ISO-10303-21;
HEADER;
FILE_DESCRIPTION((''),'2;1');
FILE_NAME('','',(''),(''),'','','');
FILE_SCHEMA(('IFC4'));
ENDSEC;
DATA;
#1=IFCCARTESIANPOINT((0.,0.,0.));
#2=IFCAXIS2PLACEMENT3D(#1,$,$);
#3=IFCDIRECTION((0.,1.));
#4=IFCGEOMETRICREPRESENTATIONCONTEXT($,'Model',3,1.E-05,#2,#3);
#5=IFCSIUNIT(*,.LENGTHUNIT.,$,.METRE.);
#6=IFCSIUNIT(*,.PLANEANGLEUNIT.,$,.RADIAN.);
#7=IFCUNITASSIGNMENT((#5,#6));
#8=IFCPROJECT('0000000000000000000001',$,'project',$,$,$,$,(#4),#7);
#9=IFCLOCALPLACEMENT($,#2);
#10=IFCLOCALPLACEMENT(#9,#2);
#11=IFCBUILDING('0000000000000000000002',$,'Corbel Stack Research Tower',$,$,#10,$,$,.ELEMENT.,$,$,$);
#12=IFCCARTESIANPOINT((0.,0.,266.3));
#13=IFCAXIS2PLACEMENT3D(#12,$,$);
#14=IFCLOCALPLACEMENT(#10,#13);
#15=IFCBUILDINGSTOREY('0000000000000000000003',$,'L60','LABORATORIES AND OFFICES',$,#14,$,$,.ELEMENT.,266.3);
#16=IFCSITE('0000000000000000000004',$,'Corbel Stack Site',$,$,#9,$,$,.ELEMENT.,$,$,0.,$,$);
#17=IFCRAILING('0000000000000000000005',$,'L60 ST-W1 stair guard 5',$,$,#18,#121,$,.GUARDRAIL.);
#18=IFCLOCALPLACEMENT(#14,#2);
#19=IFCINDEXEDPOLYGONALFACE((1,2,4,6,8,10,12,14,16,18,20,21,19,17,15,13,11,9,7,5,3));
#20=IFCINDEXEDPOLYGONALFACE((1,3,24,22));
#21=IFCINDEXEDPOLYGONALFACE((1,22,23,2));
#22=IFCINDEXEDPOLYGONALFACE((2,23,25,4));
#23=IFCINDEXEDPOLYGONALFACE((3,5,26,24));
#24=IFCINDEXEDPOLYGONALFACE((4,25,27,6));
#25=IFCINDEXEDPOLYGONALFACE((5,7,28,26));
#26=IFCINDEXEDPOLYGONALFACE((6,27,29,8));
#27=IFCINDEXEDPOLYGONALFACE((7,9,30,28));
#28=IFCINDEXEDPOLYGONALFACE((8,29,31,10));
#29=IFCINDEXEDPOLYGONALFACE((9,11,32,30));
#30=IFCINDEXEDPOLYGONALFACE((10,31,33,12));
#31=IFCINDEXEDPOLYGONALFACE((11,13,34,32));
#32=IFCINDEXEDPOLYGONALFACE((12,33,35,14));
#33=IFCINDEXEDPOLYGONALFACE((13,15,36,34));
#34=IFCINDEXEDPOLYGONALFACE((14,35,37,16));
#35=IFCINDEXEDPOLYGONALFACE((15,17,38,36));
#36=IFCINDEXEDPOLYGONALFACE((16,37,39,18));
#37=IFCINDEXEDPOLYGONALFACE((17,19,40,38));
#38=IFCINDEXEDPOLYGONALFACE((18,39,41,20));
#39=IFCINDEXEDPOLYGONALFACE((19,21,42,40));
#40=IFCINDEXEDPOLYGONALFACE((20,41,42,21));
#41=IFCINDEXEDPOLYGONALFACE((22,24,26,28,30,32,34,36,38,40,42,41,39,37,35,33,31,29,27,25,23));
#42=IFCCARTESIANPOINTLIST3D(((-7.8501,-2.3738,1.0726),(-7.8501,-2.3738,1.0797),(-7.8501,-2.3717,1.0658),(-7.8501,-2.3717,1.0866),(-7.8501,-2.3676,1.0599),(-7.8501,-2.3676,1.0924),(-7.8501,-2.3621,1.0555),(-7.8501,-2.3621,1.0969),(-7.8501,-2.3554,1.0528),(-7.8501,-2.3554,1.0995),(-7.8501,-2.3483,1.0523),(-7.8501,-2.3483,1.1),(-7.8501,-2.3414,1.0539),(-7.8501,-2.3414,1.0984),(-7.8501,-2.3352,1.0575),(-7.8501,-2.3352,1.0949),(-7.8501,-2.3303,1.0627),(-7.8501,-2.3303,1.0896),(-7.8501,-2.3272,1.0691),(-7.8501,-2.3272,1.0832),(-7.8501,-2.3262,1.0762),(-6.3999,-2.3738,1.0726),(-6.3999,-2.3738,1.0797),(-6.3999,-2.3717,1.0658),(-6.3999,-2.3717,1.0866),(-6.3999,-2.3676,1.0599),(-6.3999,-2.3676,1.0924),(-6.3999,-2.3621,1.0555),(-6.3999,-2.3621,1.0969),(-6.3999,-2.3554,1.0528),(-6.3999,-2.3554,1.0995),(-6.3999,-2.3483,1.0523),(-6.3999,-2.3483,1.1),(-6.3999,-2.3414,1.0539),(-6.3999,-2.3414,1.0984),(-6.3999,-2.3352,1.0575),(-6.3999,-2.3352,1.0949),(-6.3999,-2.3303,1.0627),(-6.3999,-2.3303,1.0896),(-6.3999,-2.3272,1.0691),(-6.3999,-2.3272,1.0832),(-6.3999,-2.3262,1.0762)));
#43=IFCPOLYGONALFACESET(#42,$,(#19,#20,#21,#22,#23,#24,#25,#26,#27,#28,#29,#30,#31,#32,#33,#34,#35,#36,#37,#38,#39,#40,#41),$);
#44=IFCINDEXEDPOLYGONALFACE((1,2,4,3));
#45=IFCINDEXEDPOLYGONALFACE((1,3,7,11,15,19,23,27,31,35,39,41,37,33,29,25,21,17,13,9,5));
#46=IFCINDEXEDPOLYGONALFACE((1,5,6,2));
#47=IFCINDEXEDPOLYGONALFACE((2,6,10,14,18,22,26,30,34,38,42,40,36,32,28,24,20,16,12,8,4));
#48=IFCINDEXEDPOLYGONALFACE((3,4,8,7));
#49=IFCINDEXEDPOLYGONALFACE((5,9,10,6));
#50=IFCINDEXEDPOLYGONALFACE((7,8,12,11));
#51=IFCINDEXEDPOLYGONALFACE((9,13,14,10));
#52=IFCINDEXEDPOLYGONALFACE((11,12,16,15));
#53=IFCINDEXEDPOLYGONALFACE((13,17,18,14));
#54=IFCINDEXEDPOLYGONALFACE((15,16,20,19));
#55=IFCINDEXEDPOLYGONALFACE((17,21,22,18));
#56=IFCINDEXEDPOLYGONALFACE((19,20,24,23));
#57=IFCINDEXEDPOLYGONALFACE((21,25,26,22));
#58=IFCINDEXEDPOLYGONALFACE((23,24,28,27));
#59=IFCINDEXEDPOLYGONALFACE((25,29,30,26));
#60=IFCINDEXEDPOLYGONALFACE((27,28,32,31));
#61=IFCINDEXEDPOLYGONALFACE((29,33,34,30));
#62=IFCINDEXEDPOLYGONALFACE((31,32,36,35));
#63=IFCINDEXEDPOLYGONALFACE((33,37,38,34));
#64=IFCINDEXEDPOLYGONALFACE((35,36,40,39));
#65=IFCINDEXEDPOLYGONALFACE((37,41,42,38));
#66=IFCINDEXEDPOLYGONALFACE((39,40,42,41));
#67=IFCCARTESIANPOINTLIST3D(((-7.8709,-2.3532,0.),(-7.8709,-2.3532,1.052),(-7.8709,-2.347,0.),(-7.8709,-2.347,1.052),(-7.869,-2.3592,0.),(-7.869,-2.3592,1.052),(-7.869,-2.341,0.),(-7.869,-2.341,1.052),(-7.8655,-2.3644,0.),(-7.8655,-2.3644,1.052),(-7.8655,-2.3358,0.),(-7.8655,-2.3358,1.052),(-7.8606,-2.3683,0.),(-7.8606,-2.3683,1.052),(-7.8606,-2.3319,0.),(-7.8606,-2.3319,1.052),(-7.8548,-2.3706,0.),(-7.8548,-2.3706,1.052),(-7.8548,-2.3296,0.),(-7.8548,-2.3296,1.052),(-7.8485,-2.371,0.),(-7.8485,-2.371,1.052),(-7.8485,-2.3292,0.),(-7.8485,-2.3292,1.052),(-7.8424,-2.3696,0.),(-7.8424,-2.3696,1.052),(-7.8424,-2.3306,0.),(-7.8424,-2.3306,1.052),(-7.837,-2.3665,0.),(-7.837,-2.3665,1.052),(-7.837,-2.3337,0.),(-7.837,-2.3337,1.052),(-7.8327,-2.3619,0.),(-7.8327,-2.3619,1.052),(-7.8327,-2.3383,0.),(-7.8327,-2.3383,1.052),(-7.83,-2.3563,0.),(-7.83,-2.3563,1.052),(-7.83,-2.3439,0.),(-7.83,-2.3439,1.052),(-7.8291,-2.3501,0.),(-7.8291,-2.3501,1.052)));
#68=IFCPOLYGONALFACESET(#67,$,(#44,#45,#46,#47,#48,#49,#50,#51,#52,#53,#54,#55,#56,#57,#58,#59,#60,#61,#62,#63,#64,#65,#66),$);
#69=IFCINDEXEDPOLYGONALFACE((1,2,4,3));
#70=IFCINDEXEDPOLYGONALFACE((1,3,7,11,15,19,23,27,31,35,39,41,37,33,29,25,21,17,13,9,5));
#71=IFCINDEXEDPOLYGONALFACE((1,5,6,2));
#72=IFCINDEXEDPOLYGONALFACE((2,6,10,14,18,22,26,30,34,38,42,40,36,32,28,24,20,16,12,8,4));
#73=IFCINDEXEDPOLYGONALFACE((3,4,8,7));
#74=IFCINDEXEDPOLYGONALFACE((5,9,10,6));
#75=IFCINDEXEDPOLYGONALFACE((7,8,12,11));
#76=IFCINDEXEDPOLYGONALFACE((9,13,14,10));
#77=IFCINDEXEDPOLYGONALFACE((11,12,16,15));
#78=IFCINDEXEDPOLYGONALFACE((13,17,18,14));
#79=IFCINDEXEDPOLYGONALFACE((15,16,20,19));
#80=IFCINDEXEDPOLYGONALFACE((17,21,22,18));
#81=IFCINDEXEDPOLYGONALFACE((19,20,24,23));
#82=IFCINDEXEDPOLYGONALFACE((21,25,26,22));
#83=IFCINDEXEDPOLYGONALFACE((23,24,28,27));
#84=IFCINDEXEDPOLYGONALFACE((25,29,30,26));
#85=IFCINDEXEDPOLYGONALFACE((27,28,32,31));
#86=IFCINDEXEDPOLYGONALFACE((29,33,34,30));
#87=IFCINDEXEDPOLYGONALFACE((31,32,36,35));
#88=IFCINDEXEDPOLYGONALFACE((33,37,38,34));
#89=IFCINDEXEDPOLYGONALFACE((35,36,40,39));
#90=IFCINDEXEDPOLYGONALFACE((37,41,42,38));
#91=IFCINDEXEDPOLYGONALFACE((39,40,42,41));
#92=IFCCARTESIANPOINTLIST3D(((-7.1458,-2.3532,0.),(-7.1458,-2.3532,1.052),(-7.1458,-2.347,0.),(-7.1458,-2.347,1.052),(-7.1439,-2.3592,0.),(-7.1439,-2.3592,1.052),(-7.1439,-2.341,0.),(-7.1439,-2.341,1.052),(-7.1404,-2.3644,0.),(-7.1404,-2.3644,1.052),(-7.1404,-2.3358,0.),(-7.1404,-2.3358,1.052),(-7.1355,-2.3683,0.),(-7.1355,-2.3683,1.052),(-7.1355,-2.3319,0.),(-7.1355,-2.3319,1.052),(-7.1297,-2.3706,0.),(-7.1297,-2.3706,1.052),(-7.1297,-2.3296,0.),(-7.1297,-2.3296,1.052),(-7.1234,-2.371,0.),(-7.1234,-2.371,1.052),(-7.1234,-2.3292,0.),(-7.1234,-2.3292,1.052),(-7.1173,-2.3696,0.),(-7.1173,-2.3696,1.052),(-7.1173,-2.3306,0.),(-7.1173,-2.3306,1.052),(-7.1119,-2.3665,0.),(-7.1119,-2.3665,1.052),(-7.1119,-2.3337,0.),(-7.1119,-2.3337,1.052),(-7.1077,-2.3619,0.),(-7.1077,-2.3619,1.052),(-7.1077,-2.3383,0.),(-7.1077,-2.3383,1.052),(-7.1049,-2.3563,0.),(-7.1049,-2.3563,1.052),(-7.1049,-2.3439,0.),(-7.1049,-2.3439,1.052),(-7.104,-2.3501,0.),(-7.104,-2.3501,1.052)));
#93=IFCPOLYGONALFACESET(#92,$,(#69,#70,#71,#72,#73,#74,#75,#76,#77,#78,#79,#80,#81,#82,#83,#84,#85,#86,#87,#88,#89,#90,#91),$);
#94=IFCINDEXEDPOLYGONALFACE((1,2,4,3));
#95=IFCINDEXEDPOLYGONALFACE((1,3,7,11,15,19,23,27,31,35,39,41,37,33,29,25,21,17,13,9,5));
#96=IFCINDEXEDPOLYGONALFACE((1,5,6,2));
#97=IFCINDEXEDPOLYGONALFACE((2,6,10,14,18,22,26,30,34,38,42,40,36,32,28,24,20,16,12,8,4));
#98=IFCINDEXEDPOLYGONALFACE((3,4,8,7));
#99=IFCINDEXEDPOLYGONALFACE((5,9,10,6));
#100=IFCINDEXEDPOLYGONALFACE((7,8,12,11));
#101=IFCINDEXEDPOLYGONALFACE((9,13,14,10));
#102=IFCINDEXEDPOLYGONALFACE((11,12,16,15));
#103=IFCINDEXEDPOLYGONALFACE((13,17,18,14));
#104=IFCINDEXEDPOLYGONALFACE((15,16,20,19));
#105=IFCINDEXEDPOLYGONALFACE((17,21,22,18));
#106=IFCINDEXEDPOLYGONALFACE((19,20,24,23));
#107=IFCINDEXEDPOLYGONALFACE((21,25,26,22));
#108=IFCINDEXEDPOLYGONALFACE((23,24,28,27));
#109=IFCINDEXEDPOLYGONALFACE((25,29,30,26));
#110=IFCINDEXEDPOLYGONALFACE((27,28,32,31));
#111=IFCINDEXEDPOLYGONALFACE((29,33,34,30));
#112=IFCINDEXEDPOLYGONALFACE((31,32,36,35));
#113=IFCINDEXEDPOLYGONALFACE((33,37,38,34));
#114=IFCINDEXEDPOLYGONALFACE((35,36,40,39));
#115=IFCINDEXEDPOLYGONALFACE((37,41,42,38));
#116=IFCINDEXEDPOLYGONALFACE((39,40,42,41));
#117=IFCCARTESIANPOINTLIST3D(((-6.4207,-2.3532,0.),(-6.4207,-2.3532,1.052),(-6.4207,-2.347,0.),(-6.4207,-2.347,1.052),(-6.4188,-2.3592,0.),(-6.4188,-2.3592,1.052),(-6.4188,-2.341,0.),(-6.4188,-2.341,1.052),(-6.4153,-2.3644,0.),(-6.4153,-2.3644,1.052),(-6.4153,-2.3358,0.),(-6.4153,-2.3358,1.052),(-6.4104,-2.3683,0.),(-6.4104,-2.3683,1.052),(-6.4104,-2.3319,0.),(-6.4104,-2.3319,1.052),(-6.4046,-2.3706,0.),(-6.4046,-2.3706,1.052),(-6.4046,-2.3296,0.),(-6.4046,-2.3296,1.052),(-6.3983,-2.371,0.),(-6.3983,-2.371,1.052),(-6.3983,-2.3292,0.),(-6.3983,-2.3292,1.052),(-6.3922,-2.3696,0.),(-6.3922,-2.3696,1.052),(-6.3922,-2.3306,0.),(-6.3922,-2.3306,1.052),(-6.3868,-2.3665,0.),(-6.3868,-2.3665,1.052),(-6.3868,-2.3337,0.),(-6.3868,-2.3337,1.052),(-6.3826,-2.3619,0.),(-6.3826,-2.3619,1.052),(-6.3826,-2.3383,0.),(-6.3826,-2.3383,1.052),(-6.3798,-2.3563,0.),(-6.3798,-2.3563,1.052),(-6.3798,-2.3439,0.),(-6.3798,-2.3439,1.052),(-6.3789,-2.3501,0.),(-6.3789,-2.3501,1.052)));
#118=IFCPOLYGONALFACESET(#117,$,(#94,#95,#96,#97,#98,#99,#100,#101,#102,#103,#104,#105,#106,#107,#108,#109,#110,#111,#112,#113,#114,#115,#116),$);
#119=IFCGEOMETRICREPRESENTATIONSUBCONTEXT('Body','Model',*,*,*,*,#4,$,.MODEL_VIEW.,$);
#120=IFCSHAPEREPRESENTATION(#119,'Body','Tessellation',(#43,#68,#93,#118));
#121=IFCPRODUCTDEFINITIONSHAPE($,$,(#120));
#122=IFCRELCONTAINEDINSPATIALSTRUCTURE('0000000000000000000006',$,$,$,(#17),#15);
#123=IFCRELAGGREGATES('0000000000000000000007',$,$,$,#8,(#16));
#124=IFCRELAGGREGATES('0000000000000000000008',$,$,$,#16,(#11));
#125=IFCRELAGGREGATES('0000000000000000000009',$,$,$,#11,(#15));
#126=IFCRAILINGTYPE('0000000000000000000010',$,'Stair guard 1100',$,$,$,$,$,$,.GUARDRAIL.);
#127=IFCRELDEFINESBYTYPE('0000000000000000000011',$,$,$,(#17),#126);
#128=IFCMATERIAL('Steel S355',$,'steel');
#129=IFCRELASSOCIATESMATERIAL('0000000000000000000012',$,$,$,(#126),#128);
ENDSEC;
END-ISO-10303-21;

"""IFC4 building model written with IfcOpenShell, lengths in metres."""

from ifc_helpers import new_model, si_unit, direction, frame, origin, origin_2d, place, context, subcontext, project, spatial, circle, extrude, material, type_object, element, save


model = new_model("IFC4")

# Units and contexts
model_context = context("Model", 3, precision=1e-05, world=origin(), true_north=direction((0.0, 1.0)))
body_context = subcontext(model_context, "Body", "Model", "MODEL_VIEW")
ifc_project = project(units=[si_unit("LENGTHUNIT", "METRE"), si_unit("PLANEANGLEUNIT", "RADIAN")], contexts=[model_context])

# Site, building, storey
site_placement = place(None, origin())
site = spatial("IfcSite", under=ifc_project, at=site_placement, Name="Corbel Stack Site", CompositionType="ELEMENT", RefElevation=0.0)
building_placement = place(site_placement, origin())
building = spatial("IfcBuilding", under=site, at=building_placement, Name="Corbel Stack Research Tower", CompositionType="ELEMENT")
storey_placement = place(building_placement, frame((0.0, 0.0, 266.3)))
storey = spatial("IfcBuildingStorey", under=building, at=storey_placement, Name="L60", Description="LABORATORIES AND OFFICES", CompositionType="ELEMENT", Elevation=266.3)

# Railing
ifc_material_1 = material(Name="Steel S355", Category="steel")
railing_type = type_object("IfcRailingType", Name="Stair guard 1100", PredefinedType="GUARDRAIL", material=ifc_material_1)
railing_1_placement = place(storey_placement, frame((-7.8501, -2.3501, 0.0)))
element("IfcRailing", 1, at=railing_1_placement, inside=storey, type_object=railing_type, Name="L60 ST-W1 stair guard 5", PredefinedType="GUARDRAIL", context=body_context, shape_type="SweptSolid", body=[
    extrude(circle(Radius=0.0239, at=origin_2d()), frame((0.0, 0.0, 1.0762), z_axis=(1.0, 0.0, 0.0), x_axis=(0.0, 1.0, 0.0)), (0.0, 0.0, 1.0), 1.4502),
    extrude(circle(Radius=0.021, at=origin_2d()), origin(), (0.0, 0.0, 1.0), 1.052),
    extrude(circle(Radius=0.021, at=origin_2d()), frame((0.7251, 0.0, 0.0)), (0.0, 0.0, 1.0), 1.052),
    extrude(circle(Radius=0.021, at=origin_2d()), frame((1.4502, 0.0, 0.0)), (0.0, 0.0, 1.0), 1.052),
])

save(model, "model.ifc")
